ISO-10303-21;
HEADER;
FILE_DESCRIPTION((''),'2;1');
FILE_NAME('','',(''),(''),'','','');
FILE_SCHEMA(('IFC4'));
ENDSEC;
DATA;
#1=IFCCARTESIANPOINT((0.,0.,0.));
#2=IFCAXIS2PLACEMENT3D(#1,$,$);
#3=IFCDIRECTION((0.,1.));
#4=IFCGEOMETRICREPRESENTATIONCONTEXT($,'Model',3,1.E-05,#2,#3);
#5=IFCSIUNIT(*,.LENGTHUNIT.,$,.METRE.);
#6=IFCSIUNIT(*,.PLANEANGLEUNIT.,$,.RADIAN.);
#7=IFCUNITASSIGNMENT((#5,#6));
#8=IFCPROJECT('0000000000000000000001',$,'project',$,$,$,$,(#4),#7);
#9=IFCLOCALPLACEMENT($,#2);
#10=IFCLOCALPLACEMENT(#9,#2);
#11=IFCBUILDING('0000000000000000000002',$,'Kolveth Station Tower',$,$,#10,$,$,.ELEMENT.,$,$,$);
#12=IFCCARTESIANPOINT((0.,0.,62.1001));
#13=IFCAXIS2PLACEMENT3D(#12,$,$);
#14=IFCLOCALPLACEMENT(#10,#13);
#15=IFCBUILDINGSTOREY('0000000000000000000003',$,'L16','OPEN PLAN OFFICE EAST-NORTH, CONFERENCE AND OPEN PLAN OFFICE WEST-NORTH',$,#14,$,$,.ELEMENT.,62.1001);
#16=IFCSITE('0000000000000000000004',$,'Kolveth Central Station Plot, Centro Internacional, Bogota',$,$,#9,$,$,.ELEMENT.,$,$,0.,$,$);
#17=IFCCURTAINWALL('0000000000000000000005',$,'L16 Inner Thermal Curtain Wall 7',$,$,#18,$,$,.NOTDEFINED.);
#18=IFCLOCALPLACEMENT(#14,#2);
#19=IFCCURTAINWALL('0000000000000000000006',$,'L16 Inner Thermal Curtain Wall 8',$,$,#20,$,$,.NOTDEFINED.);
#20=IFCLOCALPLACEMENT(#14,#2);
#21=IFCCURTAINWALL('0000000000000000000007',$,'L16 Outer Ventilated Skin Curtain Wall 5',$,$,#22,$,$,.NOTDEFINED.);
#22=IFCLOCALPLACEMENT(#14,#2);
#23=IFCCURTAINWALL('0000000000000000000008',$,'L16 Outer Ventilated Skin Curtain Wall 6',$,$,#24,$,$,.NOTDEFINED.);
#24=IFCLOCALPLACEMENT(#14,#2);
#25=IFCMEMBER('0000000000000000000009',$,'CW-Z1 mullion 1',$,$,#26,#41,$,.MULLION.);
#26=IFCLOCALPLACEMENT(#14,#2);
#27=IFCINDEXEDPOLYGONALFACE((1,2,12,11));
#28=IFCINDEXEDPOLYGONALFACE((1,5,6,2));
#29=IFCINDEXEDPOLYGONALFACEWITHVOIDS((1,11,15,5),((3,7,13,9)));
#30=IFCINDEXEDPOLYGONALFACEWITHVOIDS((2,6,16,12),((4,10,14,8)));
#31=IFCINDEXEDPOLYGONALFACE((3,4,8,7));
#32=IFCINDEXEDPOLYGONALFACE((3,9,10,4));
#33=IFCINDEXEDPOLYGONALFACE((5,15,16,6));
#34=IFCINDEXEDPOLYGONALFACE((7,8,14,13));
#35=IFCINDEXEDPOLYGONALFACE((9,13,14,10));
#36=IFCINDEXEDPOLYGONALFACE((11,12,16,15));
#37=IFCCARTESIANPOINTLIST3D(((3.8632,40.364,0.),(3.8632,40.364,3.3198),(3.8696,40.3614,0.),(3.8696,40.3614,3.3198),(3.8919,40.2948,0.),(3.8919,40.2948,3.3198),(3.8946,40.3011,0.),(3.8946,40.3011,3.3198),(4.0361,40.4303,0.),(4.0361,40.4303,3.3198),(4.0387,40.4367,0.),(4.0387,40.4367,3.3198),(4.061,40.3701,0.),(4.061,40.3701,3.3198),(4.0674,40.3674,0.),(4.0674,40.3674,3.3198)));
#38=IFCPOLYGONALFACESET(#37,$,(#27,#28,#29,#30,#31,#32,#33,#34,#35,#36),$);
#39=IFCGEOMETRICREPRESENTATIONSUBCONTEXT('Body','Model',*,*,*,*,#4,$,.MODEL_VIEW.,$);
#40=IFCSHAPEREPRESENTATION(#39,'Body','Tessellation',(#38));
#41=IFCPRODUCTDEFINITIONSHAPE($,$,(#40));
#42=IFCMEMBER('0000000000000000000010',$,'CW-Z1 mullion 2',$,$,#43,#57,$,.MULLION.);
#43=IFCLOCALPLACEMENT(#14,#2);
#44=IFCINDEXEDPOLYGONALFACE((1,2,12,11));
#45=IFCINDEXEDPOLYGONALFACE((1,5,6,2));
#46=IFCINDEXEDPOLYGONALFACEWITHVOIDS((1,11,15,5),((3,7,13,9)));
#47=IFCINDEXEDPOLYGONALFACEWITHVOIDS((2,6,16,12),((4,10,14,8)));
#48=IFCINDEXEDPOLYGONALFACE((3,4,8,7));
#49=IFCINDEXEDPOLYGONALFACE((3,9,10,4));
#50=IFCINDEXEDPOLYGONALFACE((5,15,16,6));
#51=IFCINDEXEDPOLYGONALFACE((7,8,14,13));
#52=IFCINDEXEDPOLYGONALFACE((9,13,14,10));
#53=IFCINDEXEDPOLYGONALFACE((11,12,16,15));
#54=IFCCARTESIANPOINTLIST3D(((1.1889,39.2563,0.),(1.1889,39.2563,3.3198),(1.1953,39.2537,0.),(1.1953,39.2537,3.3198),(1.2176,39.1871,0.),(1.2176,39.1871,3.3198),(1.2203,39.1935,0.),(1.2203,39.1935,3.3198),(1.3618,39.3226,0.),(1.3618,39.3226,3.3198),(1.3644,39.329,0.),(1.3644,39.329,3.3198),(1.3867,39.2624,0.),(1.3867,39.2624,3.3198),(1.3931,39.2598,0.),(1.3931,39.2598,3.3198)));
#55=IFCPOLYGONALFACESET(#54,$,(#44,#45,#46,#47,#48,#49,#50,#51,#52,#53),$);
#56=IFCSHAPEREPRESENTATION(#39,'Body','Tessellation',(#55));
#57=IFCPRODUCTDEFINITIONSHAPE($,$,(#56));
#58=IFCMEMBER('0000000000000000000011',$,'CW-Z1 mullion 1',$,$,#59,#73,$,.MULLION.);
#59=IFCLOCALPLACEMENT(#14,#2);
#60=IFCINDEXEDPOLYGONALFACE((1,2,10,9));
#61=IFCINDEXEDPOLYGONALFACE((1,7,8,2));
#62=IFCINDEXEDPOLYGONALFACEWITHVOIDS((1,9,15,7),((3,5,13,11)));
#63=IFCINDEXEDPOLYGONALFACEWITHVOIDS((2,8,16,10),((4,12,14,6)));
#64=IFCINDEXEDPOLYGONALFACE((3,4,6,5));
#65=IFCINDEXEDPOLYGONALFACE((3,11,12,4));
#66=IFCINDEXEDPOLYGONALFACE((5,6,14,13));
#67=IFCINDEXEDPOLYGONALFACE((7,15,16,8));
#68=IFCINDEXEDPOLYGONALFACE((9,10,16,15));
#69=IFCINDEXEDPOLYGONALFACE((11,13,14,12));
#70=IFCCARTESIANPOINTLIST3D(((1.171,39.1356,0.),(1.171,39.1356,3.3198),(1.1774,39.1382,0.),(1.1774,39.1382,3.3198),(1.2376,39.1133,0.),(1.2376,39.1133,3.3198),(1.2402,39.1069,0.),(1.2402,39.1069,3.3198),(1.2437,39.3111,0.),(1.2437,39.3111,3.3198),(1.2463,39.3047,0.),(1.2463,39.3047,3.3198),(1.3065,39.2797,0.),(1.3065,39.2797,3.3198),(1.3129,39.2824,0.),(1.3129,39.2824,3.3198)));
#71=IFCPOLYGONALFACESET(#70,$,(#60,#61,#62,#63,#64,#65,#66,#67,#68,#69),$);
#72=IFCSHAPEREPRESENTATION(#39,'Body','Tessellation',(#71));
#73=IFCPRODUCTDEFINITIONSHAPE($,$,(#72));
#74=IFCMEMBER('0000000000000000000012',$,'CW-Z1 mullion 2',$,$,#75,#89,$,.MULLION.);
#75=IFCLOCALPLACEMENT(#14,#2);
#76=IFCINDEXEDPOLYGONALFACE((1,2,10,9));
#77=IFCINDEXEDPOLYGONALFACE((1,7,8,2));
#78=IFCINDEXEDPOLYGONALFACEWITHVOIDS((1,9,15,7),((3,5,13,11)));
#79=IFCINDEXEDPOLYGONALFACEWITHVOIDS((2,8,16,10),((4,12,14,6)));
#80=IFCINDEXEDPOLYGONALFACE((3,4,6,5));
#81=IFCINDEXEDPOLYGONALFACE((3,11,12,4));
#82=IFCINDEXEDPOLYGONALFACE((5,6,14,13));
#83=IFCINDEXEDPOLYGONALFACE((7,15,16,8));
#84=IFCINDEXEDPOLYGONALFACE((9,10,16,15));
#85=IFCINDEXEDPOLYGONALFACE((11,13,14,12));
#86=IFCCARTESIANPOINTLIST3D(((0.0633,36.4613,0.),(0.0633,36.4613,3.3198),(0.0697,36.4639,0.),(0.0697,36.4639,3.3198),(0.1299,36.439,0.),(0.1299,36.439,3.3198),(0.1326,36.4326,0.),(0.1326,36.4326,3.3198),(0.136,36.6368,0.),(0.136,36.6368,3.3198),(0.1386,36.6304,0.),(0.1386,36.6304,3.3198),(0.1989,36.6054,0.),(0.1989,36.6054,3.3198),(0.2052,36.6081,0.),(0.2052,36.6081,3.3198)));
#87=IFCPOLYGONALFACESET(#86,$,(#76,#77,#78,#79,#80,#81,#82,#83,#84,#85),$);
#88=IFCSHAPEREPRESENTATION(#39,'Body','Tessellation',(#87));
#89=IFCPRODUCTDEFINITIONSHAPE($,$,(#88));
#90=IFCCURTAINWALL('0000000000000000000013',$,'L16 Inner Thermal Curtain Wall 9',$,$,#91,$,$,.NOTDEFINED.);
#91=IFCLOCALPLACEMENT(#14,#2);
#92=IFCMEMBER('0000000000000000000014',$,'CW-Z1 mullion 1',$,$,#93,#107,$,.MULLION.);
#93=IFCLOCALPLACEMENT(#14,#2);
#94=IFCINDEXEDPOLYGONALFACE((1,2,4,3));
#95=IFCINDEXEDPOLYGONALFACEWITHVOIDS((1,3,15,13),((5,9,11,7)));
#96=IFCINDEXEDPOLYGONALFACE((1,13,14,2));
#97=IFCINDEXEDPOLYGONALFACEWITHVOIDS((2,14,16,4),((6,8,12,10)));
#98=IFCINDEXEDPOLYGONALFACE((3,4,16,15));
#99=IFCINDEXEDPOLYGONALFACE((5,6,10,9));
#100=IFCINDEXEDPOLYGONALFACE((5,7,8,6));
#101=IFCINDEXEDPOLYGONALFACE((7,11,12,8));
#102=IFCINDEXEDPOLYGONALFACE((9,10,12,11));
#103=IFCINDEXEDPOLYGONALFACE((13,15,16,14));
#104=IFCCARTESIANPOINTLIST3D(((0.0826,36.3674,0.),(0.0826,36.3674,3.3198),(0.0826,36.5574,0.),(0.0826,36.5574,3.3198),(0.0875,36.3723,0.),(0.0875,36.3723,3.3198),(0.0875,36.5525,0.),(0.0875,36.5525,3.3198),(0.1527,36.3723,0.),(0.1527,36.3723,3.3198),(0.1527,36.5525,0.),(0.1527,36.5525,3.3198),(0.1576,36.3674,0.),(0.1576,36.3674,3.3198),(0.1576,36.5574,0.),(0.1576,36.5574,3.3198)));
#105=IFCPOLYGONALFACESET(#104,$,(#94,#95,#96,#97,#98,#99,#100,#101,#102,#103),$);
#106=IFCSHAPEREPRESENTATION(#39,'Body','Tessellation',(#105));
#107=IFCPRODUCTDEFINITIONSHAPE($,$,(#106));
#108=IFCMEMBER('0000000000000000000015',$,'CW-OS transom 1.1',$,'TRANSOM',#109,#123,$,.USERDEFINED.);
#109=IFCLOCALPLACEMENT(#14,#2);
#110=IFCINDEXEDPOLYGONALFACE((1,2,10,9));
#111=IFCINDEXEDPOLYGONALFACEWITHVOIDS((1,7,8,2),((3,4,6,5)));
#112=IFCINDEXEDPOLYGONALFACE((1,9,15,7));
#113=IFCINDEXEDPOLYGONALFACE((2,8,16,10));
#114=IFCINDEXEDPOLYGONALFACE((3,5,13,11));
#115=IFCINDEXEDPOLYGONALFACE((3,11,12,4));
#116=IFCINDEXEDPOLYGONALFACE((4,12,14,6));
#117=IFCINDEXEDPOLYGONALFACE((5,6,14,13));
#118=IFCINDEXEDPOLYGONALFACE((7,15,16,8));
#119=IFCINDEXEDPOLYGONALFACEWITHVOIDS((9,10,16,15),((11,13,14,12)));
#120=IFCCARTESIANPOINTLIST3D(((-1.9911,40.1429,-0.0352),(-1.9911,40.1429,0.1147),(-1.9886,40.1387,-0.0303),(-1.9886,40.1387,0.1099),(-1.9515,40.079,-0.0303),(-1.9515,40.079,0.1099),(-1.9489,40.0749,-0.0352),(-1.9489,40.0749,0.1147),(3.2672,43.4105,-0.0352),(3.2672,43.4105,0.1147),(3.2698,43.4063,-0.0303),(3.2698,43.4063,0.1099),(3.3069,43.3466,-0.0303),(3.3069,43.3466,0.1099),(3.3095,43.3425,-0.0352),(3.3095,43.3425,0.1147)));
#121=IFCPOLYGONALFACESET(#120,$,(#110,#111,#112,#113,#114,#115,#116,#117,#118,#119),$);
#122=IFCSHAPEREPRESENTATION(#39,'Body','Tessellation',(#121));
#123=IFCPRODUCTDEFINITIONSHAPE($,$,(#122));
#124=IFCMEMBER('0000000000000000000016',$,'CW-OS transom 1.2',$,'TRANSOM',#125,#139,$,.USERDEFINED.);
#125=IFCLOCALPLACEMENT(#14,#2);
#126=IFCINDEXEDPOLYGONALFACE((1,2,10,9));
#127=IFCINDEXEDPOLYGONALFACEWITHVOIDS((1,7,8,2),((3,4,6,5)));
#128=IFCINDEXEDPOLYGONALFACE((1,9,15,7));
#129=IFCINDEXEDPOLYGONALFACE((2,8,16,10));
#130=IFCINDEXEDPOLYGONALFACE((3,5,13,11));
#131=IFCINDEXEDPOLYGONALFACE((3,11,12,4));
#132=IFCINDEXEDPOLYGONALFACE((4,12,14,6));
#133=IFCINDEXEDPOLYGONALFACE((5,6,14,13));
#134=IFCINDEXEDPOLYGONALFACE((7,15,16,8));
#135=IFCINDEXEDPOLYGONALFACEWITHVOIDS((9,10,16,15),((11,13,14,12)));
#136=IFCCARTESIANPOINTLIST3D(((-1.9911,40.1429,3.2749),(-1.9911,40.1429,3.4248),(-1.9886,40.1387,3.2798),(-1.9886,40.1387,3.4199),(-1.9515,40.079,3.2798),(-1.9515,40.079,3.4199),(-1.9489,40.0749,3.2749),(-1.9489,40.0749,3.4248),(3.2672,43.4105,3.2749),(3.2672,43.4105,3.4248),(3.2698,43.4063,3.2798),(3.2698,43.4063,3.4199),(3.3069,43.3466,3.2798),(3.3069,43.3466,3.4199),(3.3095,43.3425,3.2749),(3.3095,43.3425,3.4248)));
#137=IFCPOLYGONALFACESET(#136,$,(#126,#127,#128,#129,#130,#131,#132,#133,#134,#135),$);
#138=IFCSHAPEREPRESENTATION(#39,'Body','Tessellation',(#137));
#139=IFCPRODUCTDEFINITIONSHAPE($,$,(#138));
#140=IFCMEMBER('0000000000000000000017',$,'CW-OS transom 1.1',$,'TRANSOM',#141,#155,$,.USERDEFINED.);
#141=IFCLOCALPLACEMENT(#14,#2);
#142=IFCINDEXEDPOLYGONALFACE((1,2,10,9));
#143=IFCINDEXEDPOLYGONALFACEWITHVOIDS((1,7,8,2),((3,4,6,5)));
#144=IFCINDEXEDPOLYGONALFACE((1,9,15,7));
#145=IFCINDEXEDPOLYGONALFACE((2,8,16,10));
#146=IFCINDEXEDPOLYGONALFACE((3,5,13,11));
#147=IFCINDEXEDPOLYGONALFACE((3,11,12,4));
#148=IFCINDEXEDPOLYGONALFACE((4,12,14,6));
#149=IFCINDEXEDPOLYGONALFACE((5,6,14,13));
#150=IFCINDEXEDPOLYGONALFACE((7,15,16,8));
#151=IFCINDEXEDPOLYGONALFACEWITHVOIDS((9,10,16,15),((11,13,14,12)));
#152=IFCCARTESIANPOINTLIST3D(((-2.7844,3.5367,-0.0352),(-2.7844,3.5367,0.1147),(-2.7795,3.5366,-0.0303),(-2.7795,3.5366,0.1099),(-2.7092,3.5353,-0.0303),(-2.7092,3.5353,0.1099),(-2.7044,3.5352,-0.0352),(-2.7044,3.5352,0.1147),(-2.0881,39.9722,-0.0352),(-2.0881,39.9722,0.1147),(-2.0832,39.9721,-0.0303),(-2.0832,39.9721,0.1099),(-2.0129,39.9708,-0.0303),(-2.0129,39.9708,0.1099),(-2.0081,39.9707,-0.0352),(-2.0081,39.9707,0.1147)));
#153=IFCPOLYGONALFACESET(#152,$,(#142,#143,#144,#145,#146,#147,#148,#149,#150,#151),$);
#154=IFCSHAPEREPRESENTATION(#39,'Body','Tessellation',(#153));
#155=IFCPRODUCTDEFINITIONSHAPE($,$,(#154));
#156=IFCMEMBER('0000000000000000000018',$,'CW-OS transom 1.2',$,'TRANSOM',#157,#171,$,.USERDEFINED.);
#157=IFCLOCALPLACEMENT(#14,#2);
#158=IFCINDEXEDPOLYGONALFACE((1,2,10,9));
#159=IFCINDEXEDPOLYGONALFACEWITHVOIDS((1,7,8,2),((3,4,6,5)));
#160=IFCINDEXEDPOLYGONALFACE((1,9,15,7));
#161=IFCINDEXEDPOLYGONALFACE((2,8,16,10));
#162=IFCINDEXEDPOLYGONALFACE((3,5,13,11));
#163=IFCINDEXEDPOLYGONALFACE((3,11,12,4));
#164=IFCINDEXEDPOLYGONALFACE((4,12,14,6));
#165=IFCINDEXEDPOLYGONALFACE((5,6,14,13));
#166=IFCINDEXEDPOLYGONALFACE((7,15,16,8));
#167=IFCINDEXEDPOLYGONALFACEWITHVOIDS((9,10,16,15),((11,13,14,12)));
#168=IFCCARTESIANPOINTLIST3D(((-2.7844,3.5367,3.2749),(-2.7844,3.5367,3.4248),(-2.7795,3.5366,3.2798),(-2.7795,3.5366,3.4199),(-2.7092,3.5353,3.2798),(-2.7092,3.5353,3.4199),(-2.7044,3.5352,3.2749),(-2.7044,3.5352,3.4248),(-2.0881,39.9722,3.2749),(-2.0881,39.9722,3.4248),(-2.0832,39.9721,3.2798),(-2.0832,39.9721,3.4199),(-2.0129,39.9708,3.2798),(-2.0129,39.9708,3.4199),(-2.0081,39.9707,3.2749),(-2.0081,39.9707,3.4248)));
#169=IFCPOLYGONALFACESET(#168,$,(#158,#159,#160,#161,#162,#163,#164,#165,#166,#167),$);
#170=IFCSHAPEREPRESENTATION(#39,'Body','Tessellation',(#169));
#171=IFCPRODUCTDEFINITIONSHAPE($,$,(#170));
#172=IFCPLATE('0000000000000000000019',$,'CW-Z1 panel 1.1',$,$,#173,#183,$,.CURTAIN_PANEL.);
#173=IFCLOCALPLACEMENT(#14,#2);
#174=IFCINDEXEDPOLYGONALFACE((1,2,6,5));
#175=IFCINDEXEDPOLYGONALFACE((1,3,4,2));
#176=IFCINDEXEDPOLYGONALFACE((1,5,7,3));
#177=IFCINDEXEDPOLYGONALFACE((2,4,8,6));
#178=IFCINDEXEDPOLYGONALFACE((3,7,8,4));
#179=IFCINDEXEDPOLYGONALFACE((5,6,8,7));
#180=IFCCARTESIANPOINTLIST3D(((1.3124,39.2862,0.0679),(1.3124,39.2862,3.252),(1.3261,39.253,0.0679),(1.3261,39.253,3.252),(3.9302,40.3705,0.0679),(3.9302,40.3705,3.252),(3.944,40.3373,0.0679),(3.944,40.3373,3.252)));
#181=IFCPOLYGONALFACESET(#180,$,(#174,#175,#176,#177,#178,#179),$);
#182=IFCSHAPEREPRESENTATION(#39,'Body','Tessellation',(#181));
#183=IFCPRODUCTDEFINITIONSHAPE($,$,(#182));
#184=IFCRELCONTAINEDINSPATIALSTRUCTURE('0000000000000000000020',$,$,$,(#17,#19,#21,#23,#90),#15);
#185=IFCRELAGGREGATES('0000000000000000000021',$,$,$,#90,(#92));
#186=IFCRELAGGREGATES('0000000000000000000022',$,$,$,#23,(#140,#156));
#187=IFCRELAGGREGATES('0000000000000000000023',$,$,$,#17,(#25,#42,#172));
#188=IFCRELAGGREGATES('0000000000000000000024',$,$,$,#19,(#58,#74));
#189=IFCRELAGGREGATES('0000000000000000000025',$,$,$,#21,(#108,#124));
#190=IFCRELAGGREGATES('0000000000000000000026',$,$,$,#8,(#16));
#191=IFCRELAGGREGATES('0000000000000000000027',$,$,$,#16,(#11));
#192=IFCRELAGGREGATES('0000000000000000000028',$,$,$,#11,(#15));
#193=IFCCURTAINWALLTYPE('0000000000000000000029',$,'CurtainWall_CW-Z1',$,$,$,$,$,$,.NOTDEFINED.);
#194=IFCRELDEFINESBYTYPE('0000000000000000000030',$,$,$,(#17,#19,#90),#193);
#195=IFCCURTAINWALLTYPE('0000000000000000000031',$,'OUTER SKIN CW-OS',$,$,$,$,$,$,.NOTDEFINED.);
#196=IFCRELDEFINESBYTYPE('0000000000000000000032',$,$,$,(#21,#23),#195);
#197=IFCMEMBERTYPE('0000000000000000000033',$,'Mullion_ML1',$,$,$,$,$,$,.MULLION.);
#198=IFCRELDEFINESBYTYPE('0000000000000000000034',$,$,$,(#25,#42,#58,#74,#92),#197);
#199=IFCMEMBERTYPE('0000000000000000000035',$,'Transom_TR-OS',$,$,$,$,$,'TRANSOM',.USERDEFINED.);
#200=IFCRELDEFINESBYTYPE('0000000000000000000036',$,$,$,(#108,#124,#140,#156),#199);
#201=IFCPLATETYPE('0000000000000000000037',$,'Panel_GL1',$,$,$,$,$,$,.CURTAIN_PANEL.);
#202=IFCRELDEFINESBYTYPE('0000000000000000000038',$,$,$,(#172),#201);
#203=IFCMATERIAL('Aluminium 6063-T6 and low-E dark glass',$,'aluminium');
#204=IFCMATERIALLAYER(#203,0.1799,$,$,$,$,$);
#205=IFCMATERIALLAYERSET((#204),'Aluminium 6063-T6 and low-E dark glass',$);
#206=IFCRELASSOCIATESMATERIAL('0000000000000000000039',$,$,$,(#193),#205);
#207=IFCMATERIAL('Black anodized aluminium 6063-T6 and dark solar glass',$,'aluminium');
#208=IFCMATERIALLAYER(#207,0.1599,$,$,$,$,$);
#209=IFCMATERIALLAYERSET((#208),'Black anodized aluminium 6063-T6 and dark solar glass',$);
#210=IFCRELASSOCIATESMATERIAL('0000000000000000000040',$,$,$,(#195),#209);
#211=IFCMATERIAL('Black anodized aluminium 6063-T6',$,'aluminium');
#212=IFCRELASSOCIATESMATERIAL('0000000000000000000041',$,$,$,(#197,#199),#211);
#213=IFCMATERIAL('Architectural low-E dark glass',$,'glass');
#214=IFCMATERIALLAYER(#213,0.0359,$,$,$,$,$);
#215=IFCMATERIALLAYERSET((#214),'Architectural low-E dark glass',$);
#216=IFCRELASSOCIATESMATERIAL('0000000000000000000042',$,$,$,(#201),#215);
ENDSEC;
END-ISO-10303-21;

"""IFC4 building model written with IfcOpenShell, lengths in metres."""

from ifc_helpers import new_model, si_unit, direction, frame, origin, origin_2d, place, context, subcontext, project, spatial, rectangle, hollow_rectangle, extrude, source, transform, mapped, material, layer, layer_set, material_profile, profile_set, type_object, element, aggregate, save


model = new_model("IFC4")

# Units and contexts
model_context = context("Model", 3, precision=1e-05, world=origin(), true_north=direction((0.0, 1.0)))
body_context = subcontext(model_context, "Body", "Model", "MODEL_VIEW")
ifc_project = project(units=[si_unit("LENGTHUNIT", "METRE"), si_unit("PLANEANGLEUNIT", "RADIAN")], contexts=[model_context])

# Site, building, storey
site_placement = place(None, origin())
site = spatial("IfcSite", under=ifc_project, at=site_placement, Name="Kolveth Central Station Plot, Centro Internacional, Bogota", CompositionType="ELEMENT", RefElevation=0.0)
building_placement = place(site_placement, origin())
building = spatial("IfcBuilding", under=site, at=building_placement, Name="Kolveth Station Tower", CompositionType="ELEMENT")
storey_placement = place(building_placement, frame((0.0, 0.0, 62.1001)))
storey = spatial("IfcBuildingStorey", under=building, at=storey_placement, Name="L16", Description="OPEN PLAN OFFICE EAST-NORTH, CONFERENCE AND OPEN PLAN OFFICE WEST-NORTH", CompositionType="ELEMENT", Elevation=62.1001)

# Curtain walls
ifc_material_1 = material(Name="Aluminium 6063-T6 and low-E dark glass", Category="aluminium")
ifc_layer_1 = layer(ifc_material_1, 0.1799)
ifc_layer_set_1 = layer_set([ifc_layer_1], Name="Aluminium 6063-T6 and low-E dark glass")
curtain_wall_type_1 = type_object("IfcCurtainWallType", Name="CurtainWall_CW-Z1", PredefinedType="NOTDEFINED", material=ifc_layer_set_1)
curtain_wall_1_placement = place(storey_placement, origin())
curtain_wall_1 = element("IfcCurtainWall", 1, at=curtain_wall_1_placement, inside=storey, type_object=curtain_wall_type_1, Name="L16 Inner Thermal Curtain Wall 7", PredefinedType="NOTDEFINED")
ifc_material_2 = material(Name="Black anodized aluminium 6063-T6", Category="aluminium")
curtain_wall_2_placement = place(storey_placement, origin())
curtain_wall_2 = element("IfcCurtainWall", 2, at=curtain_wall_2_placement, inside=storey, type_object=curtain_wall_type_1, Name="L16 Inner Thermal Curtain Wall 8", PredefinedType="NOTDEFINED")

# Shared definitions
ifc_material_3 = material(Name="Black anodized aluminium 6063-T6 and dark solar glass", Category="aluminium")
ifc_layer_2 = layer(ifc_material_3, 0.1599)
ifc_layer_set_2 = layer_set([ifc_layer_2], Name="Black anodized aluminium 6063-T6 and dark solar glass")
curtain_wall_type_2 = type_object("IfcCurtainWallType", Name="OUTER SKIN CW-OS", PredefinedType="NOTDEFINED", material=ifc_layer_set_2)

# Curtain wall
curtain_wall_3_placement = place(storey_placement, origin())
curtain_wall_3 = element("IfcCurtainWall", 3, at=curtain_wall_3_placement, inside=storey, type_object=curtain_wall_type_2, Name="L16 Outer Ventilated Skin Curtain Wall 5", PredefinedType="NOTDEFINED")

# Curtain wall
curtain_wall_4_placement = place(storey_placement, origin())
curtain_wall_4 = element("IfcCurtainWall", 4, at=curtain_wall_4_placement, inside=storey, type_object=curtain_wall_type_2, Name="L16 Outer Ventilated Skin Curtain Wall 6", PredefinedType="NOTDEFINED")
ifc_material_profile_1 = material_profile(ifc_material_2, hollow_rectangle(XDim=0.075, YDim=0.1899, WallThickness=0.0049, at=origin_2d()), Name="ALU-75x190x5")
ifc_profile_set_1 = profile_set([ifc_material_profile_1], Name="Black anodized aluminium 6063-T6")
member_type_1 = type_object("IfcMemberType", Name="Mullion_ML1", PredefinedType="MULLION", material=ifc_profile_set_1)
shared_shape_1 = source(origin(), body_context, "Body", "SweptSolid", [
    extrude(hollow_rectangle(XDim=0.075, YDim=0.1899, WallThickness=0.0049, at=origin_2d()), origin(), (0.0, 0.0, 1.0), 3.3198),
])

# Members
member_1_placement = place(storey_placement, frame((3.9653, 40.3657, 0.0), z_axis=(0.0, 0.0, 1.0), x_axis=(0.382673, -0.923884, 0.0)))
member_1 = element("IfcMember", 5, at=member_1_placement, type_object=member_type_1, Name="CW-Z1 mullion 1", PredefinedType="MULLION", context=body_context, shape_type="MappedRepresentation", body=[
    mapped(shared_shape_1, transform((0.0, 0.0, 0.0), x_axis=(1.0, 0.0, 0.0), y_axis=(0.0, 1.0, 0.0), z_axis=(0.0, 0.0, 1.0), scale=1.0)),
])
member_2_placement = place(storey_placement, frame((1.291, 39.2581, 0.0), z_axis=(0.0, 0.0, 1.0), x_axis=(0.382673, -0.923884, 0.0)))
member_2 = element("IfcMember", 6, at=member_2_placement, type_object=member_type_1, Name="CW-Z1 mullion 2", PredefinedType="MULLION", context=body_context, shape_type="MappedRepresentation", body=[
    mapped(shared_shape_1, transform((0.0, 0.0, 0.0), x_axis=(1.0, 0.0, 0.0), y_axis=(0.0, 1.0, 0.0), z_axis=(0.0, 0.0, 1.0), scale=1.0)),
])
member_3_placement = place(storey_placement, frame((1.2419, 39.209, 0.0), z_axis=(0.0, 0.0, 1.0), x_axis=(0.923884, -0.382673, 0.0)))
member_3 = element("IfcMember", 7, at=member_3_placement, type_object=member_type_1, Name="CW-Z1 mullion 1", PredefinedType="MULLION", context=body_context, shape_type="MappedRepresentation", body=[
    mapped(shared_shape_1, transform((0.0, 0.0, 0.0), x_axis=(1.0, 0.0, 0.0), y_axis=(0.0, 1.0, 0.0), z_axis=(0.0, 0.0, 1.0), scale=1.0)),
])
member_4_placement = place(storey_placement, frame((0.1343, 36.5347, 0.0), z_axis=(0.0, 0.0, 1.0), x_axis=(0.923884, -0.382673, 0.0)))
member_4 = element("IfcMember", 8, at=member_4_placement, type_object=member_type_1, Name="CW-Z1 mullion 2", PredefinedType="MULLION", context=body_context, shape_type="MappedRepresentation", body=[
    mapped(shared_shape_1, transform((0.0, 0.0, 0.0), x_axis=(1.0, 0.0, 0.0), y_axis=(0.0, 1.0, 0.0), z_axis=(0.0, 0.0, 1.0), scale=1.0)),
])

# Curtain wall, member
curtain_wall_5_placement = place(storey_placement, origin())
curtain_wall_5 = element("IfcCurtainWall", 9, at=curtain_wall_5_placement, inside=storey, type_object=curtain_wall_type_1, Name="L16 Inner Thermal Curtain Wall 9", PredefinedType="NOTDEFINED")
member_5_placement = place(storey_placement, frame((0.1201, 36.4624, 0.0), z_axis=(0.0, 0.0, 1.0), x_axis=(1.0, 0.0, 0.0)))
member_5 = element("IfcMember", 10, at=member_5_placement, type_object=member_type_1, Name="CW-Z1 mullion 1", PredefinedType="MULLION", context=body_context, shape_type="MappedRepresentation", body=[
    mapped(shared_shape_1, transform((0.0, 0.0, 0.0), x_axis=(1.0, 0.0, 0.0), y_axis=(0.0, 1.0, 0.0), z_axis=(0.0, 0.0, 1.0), scale=1.0)),
])
aggregate(curtain_wall_5, [member_5])

# Members
ifc_material_profile_2 = material_profile(ifc_material_2, hollow_rectangle(XDim=0.0801, YDim=0.1499, WallThickness=0.0049, at=origin_2d()), Name="ALU-80x150x5")
ifc_profile_set_2 = profile_set([ifc_material_profile_2], Name="Black anodized aluminium 6063-T6")
member_type_2 = type_object("IfcMemberType", Name="Transom_TR-OS", ElementType="TRANSOM", PredefinedType="USERDEFINED", material=ifc_profile_set_2)
shared_shape_2 = source(origin(), body_context, "Body", "SweptSolid", [
    extrude(hollow_rectangle(XDim=0.0801, YDim=0.1499, WallThickness=0.0049, at=origin_2d()), origin(), (0.0, 0.0, 1.0), 6.1909),
])
member_6_placement = place(storey_placement, frame((3.2883, 43.3765, 0.0398), z_axis=(-0.849365, -0.527806, 0.0), x_axis=(0.527806, -0.849365, 0.0)))
member_6 = element("IfcMember", 11, at=member_6_placement, type_object=member_type_2, Name="CW-OS transom 1.1", ObjectType="TRANSOM", PredefinedType="USERDEFINED", context=body_context, shape_type="MappedRepresentation", body=[
    mapped(shared_shape_2, transform((0.0, 0.0, 0.0), x_axis=(1.0, 0.0, 0.0), y_axis=(0.0, 1.0, 0.0), z_axis=(0.0, 0.0, 1.0), scale=1.0)),
])
member_7_placement = place(storey_placement, frame((3.2883, 43.3765, 3.3499), z_axis=(-0.849365, -0.527806, 0.0), x_axis=(0.527806, -0.849365, 0.0)))
member_7 = element("IfcMember", 12, at=member_7_placement, type_object=member_type_2, Name="CW-OS transom 1.2", ObjectType="TRANSOM", PredefinedType="USERDEFINED", context=body_context, shape_type="MappedRepresentation", body=[
    mapped(shared_shape_2, transform((0.0, 0.0, 0.0), x_axis=(1.0, 0.0, 0.0), y_axis=(0.0, 1.0, 0.0), z_axis=(0.0, 0.0, 1.0), scale=1.0)),
])
shared_shape_3 = source(origin(), body_context, "Body", "SweptSolid", [
    extrude(hollow_rectangle(XDim=0.0801, YDim=0.1499, WallThickness=0.0049, at=origin_2d()), origin(), (0.0, 0.0, 1.0), 36.4421),
])
member_8_placement = place(storey_placement, frame((-2.0481, 39.9714, 0.0398), z_axis=(-0.019107, -0.999817, 0.0), x_axis=(0.999817, -0.019107, 0.0)))
member_8 = element("IfcMember", 13, at=member_8_placement, type_object=member_type_2, Name="CW-OS transom 1.1", ObjectType="TRANSOM", PredefinedType="USERDEFINED", context=body_context, shape_type="MappedRepresentation", body=[
    mapped(shared_shape_3, transform((0.0, 0.0, 0.0), x_axis=(1.0, 0.0, 0.0), y_axis=(0.0, 1.0, 0.0), z_axis=(0.0, 0.0, 1.0), scale=1.0)),
])
member_9_placement = place(storey_placement, frame((-2.0481, 39.9714, 3.3499), z_axis=(-0.019107, -0.999817, 0.0), x_axis=(0.999817, -0.019107, 0.0)))
member_9 = element("IfcMember", 14, at=member_9_placement, type_object=member_type_2, Name="CW-OS transom 1.2", ObjectType="TRANSOM", PredefinedType="USERDEFINED", context=body_context, shape_type="MappedRepresentation", body=[
    mapped(shared_shape_3, transform((0.0, 0.0, 0.0), x_axis=(1.0, 0.0, 0.0), y_axis=(0.0, 1.0, 0.0), z_axis=(0.0, 0.0, 1.0), scale=1.0)),
])
aggregate(curtain_wall_4, [member_8, member_9])

# Plate
ifc_material_4 = material(Name="Architectural low-E dark glass", Category="glass")
ifc_layer_3 = layer(ifc_material_4, 0.0359)
ifc_layer_set_3 = layer_set([ifc_layer_3], Name="Architectural low-E dark glass")
plate_type_1 = type_object("IfcPlateType", Name="Panel_GL1", PredefinedType="CURTAIN_PANEL", material=ifc_layer_set_3)
shared_shape_4 = source(origin(), body_context, "Body", "SweptSolid", [
    extrude(rectangle(XDim=2.8335, YDim=0.0359, at=origin_2d()), origin(), (0.0, 0.0, 1.0), 3.1841),
])
plate_1_placement = place(storey_placement, frame((2.6282, 39.8118, 0.0679), z_axis=(0.0, 0.0, 1.0), x_axis=(-0.923884, -0.382673, 0.0)))
plate_1 = element("IfcPlate", 15, at=plate_1_placement, type_object=plate_type_1, Name="CW-Z1 panel 1.1", PredefinedType="CURTAIN_PANEL", context=body_context, shape_type="MappedRepresentation", body=[
    mapped(shared_shape_4, transform((0.0, 0.0, 0.0), x_axis=(1.0, 0.0, 0.0), y_axis=(0.0, 1.0, 0.0), z_axis=(0.0, 0.0, 1.0), scale=1.0)),
])
aggregate(curtain_wall_1, [member_1, member_2, plate_1])
aggregate(curtain_wall_2, [member_3, member_4])
aggregate(curtain_wall_3, [member_6, member_7])

save(model, "model.ifc")
